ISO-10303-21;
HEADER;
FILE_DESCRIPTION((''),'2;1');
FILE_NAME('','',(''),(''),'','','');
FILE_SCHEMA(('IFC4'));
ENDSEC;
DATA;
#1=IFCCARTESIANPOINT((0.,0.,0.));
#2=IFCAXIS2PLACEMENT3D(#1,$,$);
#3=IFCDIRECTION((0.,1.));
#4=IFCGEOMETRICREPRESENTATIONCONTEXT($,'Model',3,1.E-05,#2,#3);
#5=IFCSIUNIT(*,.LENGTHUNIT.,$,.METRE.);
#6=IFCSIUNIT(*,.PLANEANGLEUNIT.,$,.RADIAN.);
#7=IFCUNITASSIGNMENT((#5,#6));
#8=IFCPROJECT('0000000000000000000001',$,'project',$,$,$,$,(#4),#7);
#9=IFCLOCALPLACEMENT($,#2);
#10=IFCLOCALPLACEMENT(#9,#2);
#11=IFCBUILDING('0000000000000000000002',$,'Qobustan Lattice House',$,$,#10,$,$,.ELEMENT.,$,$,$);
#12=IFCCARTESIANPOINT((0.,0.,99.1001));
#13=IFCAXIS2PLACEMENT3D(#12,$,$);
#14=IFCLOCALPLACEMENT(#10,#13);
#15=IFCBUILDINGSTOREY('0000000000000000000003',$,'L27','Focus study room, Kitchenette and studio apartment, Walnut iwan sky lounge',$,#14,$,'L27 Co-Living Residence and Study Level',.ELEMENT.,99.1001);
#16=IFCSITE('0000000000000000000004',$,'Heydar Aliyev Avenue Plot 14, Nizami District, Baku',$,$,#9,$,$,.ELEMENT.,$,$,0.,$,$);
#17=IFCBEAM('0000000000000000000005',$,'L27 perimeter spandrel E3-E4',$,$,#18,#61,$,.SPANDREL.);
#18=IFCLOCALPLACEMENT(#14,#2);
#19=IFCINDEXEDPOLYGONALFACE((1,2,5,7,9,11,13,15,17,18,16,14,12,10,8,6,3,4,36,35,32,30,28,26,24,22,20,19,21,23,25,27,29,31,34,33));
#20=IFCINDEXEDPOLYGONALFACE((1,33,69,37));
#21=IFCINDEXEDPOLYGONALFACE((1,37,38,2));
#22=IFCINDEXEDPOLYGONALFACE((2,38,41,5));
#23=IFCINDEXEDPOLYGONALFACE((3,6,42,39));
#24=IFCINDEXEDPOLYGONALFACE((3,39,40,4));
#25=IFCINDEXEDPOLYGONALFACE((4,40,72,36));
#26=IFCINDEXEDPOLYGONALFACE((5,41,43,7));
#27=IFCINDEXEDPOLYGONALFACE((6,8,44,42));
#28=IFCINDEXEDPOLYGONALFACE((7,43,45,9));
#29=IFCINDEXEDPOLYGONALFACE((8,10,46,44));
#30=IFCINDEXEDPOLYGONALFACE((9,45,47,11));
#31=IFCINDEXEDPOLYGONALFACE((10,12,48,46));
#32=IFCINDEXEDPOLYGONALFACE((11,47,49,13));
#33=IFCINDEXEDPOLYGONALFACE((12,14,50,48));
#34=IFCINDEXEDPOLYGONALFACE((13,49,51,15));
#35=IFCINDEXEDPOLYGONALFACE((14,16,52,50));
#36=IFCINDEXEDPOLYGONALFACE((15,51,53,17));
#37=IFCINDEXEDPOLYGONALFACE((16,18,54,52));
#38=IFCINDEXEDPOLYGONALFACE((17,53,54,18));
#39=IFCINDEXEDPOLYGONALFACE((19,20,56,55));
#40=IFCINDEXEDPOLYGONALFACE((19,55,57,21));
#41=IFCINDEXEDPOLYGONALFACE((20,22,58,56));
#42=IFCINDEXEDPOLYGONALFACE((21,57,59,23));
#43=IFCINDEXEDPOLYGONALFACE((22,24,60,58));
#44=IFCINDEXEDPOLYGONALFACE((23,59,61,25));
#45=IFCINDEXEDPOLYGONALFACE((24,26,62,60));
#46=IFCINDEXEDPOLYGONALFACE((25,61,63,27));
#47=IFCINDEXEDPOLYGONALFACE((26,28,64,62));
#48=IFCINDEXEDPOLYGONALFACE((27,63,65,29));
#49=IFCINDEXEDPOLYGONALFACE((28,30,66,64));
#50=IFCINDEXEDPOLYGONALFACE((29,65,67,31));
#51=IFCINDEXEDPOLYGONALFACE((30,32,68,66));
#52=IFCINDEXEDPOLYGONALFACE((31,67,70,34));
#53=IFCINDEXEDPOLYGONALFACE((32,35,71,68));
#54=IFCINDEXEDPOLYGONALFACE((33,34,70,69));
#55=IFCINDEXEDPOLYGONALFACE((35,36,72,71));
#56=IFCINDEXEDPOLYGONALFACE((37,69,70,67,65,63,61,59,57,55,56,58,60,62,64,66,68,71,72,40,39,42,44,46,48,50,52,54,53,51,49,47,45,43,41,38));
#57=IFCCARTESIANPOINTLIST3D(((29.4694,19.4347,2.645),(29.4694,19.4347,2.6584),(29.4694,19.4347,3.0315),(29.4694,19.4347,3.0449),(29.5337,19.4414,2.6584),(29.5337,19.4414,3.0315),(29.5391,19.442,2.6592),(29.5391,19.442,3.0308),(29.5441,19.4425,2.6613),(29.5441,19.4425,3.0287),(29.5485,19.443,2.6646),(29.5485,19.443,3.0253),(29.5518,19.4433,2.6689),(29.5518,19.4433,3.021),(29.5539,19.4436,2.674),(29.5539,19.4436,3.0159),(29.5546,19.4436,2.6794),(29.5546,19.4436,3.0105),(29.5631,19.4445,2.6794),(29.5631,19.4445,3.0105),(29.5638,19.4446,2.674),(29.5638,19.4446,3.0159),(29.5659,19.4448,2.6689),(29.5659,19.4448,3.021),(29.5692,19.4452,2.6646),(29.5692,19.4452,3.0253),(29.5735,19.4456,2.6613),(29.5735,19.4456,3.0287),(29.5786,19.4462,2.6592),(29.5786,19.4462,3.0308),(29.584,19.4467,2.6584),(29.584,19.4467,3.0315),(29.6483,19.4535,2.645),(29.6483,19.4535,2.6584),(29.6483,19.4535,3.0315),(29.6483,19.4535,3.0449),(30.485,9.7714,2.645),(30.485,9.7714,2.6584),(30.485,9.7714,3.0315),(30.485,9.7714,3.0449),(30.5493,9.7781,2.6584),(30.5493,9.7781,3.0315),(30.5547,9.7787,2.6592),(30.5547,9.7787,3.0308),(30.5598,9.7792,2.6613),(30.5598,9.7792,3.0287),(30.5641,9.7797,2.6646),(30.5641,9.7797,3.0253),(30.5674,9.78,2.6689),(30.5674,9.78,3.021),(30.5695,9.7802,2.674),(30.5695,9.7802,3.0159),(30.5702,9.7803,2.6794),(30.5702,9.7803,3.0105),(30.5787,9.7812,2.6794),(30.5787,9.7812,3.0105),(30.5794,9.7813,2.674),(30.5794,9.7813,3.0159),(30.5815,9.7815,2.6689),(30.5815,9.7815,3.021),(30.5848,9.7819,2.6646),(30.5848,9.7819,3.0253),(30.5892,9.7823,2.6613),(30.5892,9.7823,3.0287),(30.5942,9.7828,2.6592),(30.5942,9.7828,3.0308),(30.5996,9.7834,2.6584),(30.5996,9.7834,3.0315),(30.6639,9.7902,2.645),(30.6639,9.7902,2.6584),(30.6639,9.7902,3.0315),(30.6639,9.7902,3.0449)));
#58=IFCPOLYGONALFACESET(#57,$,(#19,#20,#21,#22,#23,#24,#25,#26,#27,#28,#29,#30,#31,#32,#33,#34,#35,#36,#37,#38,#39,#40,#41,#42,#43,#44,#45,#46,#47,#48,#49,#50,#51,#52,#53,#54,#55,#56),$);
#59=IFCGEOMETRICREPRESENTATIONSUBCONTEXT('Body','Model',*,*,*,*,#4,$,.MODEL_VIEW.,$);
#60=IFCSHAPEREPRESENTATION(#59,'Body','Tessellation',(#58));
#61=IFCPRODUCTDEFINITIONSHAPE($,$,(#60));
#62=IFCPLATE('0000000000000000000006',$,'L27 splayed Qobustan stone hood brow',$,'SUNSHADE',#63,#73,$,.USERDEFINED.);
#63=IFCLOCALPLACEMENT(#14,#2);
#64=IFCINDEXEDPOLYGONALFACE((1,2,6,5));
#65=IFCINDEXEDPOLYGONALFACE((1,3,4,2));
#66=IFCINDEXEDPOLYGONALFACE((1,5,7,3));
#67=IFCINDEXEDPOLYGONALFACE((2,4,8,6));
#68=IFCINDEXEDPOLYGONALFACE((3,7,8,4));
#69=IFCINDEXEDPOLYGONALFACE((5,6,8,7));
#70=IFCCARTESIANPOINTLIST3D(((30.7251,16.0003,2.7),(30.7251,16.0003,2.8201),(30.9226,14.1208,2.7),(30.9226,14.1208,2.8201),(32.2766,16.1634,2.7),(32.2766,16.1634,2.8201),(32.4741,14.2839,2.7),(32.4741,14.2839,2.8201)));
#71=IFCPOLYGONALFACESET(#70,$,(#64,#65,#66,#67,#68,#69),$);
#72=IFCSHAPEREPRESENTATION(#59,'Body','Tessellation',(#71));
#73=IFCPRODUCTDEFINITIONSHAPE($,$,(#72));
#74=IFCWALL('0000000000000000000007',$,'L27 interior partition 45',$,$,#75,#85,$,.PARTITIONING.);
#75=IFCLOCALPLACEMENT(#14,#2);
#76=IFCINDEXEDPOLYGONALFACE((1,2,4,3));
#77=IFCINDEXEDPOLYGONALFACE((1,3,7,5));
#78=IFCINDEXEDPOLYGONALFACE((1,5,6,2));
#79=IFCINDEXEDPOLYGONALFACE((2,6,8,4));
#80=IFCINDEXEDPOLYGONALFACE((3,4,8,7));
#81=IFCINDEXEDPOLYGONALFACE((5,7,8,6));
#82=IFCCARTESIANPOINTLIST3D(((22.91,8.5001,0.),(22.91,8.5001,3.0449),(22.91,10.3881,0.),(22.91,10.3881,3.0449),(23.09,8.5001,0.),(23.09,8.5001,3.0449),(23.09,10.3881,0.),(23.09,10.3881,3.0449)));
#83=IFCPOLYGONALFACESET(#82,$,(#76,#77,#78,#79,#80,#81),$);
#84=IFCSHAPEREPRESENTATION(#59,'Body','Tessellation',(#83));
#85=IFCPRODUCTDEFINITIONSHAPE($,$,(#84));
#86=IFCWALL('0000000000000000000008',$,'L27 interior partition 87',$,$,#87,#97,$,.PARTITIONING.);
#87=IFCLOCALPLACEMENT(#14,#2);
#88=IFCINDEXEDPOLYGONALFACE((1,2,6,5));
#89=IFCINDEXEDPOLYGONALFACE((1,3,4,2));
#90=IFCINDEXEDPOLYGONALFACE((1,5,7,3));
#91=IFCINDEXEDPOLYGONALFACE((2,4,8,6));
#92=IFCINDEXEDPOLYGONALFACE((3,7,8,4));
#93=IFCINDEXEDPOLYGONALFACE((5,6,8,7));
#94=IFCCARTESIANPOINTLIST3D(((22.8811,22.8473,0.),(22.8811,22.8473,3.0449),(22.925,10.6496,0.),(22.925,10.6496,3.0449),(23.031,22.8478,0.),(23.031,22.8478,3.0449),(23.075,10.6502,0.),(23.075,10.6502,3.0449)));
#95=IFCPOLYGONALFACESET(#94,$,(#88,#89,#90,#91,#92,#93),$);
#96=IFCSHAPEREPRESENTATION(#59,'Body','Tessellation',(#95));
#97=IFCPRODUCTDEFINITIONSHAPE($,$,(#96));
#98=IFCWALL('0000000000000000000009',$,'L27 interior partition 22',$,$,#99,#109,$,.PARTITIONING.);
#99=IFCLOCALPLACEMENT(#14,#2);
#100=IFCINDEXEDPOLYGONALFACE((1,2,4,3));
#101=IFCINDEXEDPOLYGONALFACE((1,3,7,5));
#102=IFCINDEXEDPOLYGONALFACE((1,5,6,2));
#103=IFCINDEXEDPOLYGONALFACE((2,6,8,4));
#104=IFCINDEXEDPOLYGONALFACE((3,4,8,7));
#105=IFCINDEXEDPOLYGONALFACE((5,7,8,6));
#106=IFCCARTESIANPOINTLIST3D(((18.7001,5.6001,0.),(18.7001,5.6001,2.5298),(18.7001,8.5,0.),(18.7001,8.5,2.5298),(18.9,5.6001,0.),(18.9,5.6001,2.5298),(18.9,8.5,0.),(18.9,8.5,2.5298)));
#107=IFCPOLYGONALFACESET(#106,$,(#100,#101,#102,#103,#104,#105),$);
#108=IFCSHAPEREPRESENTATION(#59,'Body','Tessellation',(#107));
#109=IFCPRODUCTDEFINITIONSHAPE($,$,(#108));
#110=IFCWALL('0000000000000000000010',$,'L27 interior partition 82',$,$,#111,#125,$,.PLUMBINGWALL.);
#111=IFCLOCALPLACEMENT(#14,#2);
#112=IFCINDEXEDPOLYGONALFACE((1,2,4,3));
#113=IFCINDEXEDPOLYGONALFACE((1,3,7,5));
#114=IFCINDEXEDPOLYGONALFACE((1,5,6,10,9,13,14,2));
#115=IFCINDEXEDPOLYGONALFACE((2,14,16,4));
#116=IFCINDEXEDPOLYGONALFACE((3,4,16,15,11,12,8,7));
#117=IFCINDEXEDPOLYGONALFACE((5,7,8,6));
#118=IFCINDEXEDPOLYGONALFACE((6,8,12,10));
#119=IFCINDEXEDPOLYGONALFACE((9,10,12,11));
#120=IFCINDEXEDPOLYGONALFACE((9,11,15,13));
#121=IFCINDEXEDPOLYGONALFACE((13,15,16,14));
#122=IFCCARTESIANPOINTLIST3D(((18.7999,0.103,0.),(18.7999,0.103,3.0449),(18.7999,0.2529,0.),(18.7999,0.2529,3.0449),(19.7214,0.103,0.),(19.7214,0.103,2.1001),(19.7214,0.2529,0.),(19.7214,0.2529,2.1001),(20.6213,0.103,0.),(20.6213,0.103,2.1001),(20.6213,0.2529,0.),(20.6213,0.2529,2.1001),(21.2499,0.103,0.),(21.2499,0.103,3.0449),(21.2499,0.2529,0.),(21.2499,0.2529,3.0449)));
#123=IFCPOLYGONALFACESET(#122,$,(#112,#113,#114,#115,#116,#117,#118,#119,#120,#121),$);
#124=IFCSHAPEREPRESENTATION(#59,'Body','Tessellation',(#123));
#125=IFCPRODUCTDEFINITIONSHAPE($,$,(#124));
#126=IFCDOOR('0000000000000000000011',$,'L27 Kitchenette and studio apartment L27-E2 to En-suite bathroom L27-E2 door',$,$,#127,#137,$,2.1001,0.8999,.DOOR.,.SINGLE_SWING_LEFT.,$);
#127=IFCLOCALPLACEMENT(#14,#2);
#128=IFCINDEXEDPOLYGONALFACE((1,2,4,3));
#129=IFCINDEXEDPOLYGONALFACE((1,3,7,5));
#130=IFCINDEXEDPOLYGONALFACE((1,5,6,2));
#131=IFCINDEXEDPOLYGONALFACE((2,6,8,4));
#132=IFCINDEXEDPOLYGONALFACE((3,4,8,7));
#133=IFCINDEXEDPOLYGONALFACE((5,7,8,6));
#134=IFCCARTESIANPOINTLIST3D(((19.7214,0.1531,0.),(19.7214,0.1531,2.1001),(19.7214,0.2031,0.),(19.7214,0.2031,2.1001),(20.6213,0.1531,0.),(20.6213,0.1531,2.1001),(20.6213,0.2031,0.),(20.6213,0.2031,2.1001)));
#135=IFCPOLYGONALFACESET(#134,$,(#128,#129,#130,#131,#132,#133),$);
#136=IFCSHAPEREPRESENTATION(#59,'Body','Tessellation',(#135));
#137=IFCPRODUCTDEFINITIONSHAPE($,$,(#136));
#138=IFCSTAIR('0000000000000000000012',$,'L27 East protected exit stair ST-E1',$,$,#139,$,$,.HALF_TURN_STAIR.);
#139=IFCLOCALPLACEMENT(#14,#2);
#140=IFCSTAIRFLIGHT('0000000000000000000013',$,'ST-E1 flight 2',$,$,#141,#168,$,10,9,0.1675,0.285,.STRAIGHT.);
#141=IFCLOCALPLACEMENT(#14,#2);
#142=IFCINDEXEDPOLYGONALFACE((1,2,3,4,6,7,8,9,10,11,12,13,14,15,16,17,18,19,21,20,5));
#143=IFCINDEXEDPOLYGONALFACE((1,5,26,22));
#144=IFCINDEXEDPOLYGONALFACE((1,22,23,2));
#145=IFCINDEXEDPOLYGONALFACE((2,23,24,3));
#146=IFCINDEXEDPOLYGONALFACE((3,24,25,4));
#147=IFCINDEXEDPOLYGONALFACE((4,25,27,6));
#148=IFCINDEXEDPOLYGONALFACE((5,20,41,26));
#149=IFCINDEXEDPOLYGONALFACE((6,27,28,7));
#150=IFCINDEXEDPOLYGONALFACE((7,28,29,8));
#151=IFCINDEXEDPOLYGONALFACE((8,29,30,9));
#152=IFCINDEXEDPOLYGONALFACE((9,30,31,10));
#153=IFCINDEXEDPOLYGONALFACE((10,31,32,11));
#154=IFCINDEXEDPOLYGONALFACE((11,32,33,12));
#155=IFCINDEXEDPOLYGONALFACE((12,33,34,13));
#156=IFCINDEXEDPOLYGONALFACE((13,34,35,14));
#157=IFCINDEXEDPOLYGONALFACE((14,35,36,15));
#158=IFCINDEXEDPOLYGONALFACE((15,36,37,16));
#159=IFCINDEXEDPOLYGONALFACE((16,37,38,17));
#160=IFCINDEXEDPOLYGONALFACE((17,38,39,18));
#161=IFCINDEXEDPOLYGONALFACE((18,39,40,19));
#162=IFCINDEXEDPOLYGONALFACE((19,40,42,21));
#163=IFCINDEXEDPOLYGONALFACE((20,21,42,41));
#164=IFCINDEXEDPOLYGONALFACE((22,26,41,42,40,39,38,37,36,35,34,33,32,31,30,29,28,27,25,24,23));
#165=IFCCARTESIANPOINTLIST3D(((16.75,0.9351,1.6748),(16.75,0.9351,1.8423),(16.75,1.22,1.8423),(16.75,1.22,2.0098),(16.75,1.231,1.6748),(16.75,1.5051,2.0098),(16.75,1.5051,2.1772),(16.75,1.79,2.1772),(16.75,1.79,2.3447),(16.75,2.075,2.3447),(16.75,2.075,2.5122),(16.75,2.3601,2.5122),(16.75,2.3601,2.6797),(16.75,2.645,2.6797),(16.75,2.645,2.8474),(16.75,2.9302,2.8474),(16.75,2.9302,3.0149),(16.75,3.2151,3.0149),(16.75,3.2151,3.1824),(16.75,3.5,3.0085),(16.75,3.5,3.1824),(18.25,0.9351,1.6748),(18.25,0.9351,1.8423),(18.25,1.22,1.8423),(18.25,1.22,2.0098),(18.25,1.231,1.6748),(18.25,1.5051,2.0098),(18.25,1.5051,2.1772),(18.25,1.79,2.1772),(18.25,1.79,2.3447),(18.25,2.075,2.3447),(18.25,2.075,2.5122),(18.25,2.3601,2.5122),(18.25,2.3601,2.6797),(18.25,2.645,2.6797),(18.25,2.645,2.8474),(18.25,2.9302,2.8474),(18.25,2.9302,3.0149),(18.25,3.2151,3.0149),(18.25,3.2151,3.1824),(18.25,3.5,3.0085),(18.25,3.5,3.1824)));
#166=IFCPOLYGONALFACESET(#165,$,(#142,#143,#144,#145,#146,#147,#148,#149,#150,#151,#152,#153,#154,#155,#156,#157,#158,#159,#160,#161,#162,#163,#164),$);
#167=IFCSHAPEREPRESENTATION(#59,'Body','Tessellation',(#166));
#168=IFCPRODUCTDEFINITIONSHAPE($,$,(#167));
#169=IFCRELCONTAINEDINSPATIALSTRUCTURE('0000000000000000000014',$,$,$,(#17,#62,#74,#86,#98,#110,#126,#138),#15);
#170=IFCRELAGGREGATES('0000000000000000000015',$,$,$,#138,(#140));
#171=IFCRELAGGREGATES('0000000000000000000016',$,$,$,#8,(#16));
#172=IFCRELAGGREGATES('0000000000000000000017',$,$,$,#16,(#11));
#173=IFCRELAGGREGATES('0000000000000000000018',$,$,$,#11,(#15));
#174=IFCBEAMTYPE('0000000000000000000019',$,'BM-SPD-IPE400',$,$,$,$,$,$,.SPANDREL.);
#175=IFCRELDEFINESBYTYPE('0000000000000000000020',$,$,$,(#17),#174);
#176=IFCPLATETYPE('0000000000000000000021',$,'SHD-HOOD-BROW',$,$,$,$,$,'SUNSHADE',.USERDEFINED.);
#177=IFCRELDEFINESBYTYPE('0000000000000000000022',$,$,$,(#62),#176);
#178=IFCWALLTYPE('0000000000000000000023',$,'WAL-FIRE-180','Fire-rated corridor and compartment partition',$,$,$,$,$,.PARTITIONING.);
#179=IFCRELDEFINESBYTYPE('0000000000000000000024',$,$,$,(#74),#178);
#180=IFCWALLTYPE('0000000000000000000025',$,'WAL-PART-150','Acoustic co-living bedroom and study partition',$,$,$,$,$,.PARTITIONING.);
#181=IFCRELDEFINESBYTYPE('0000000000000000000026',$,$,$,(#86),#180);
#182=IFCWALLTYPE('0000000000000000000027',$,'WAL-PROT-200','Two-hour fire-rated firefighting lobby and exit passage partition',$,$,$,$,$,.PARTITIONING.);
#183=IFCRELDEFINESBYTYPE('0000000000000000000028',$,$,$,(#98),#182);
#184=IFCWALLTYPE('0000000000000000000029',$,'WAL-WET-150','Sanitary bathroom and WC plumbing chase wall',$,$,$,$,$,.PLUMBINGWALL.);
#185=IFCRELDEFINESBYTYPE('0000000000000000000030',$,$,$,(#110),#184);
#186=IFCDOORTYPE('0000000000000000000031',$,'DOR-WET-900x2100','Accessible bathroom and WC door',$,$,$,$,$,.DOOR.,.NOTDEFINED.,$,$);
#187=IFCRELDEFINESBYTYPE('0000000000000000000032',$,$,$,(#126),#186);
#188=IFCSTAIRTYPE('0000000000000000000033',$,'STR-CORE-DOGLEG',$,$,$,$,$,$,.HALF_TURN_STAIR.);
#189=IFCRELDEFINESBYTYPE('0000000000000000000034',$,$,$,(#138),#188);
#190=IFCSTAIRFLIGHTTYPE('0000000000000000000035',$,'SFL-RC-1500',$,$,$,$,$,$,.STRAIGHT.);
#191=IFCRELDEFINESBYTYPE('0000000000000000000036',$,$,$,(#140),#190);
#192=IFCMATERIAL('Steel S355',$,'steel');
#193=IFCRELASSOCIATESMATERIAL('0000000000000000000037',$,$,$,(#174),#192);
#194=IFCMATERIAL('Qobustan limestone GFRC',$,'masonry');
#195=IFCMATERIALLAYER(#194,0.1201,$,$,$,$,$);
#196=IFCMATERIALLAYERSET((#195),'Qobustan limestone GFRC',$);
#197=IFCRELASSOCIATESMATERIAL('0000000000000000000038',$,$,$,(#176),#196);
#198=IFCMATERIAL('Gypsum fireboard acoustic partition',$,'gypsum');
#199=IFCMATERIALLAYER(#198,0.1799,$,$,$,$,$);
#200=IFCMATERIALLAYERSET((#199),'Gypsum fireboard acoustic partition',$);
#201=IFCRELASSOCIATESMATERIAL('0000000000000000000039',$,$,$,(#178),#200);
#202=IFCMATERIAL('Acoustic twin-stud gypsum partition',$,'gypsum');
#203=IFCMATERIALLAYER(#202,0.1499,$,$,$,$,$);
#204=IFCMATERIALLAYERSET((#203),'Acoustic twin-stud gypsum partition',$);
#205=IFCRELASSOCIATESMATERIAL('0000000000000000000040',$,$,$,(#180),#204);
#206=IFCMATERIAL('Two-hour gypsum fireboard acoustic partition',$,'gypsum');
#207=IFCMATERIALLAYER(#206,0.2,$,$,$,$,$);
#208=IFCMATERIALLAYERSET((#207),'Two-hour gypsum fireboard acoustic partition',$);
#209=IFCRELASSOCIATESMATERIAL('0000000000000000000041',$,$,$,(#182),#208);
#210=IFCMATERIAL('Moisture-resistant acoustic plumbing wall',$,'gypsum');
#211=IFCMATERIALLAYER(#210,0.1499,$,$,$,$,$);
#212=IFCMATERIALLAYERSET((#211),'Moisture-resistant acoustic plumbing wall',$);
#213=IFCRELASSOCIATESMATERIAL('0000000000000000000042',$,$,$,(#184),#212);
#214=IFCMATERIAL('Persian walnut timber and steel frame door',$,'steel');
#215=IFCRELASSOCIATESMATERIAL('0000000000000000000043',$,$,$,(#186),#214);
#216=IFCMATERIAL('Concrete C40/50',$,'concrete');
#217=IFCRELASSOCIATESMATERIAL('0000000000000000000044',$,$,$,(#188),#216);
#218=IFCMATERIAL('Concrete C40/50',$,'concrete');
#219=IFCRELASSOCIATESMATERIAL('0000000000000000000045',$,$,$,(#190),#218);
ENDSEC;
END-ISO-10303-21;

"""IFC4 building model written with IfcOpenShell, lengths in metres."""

from ifc_helpers import new_model, si_unit, direction, frame, frame_2d, origin, origin_2d, place, context, subcontext, project, spatial, polyline, rectangle, i_section, outline, extrude, material, layer, layer_set, material_profile, profile_set, type_object, element, fill, aggregate, save


model = new_model("IFC4")

# Units and contexts
model_context = context("Model", 3, precision=1e-05, world=origin(), true_north=direction((0.0, 1.0)))
body_context = subcontext(model_context, "Body", "Model", "MODEL_VIEW")
ifc_project = project(units=[si_unit("LENGTHUNIT", "METRE"), si_unit("PLANEANGLEUNIT", "RADIAN")], contexts=[model_context])

# Site, building, storey
site_placement = place(None, origin())
site = spatial("IfcSite", under=ifc_project, at=site_placement, Name="Heydar Aliyev Avenue Plot 14, Nizami District, Baku", CompositionType="ELEMENT", RefElevation=0.0)
building_placement = place(site_placement, origin())
building = spatial("IfcBuilding", under=site, at=building_placement, Name="Qobustan Lattice House", CompositionType="ELEMENT")
storey_placement = place(building_placement, frame((0.0, 0.0, 99.1001)))
storey = spatial("IfcBuildingStorey", under=building, at=storey_placement, Name="L27", Description="Focus study room, Kitchenette and studio apartment, Walnut iwan sky lounge", LongName="L27 Co-Living Residence and Study Level", CompositionType="ELEMENT", Elevation=99.1001)

# Beam
ifc_material_1 = material(Name="Steel S355", Category="steel")
ifc_material_profile_1 = material_profile(ifc_material_1, i_section(OverallWidth=0.1799, OverallDepth=0.3999, WebThickness=0.0085, FlangeThickness=0.0134, FilletRadius=0.021, at=origin_2d()), Name="IPE400")
ifc_profile_set_1 = profile_set([ifc_material_profile_1], Name="Steel S355")
beam_type_1 = type_object("IfcBeamType", Name="BM-SPD-IPE400", PredefinedType="SPANDREL", material=ifc_profile_set_1)
beam_1_placement = place(storey_placement, frame((30.5745, 9.7808, 2.845), z_axis=(-0.104525, 0.994522, 0.0), x_axis=(-0.994522, -0.104525, 0.0)))
element("IfcBeam", 1, at=beam_1_placement, inside=storey, type_object=beam_type_1, Name="L27 perimeter spandrel E3-E4", PredefinedType="SPANDREL", context=body_context, shape_type="SweptSolid", body=[
    extrude(i_section(OverallWidth=0.1799, OverallDepth=0.3999, WebThickness=0.0085, FlangeThickness=0.0134, FilletRadius=0.021, at=origin_2d()), origin(), (0.0, 0.0, 1.0), 9.7166),
])

# Plate
ifc_material_2 = material(Name="Qobustan limestone GFRC", Category="masonry")
ifc_layer_1 = layer(ifc_material_2, 0.1201)
ifc_layer_set_1 = layer_set([ifc_layer_1], Name="Qobustan limestone GFRC")
plate_type = type_object("IfcPlateType", Name="SHD-HOOD-BROW", ElementType="SUNSHADE", PredefinedType="USERDEFINED", material=ifc_layer_set_1)
plate_placement = place(storey_placement, frame((31.5996, 15.1421, 2.7), z_axis=(0.0, 0.0, 1.0), x_axis=(0.104528, -0.994522, 0.0)))
element("IfcPlate", 2, at=plate_placement, inside=storey, type_object=plate_type, Name="L27 splayed Qobustan stone hood brow", ObjectType="SUNSHADE", PredefinedType="USERDEFINED", context=body_context, shape_type="SweptSolid", body=[
    extrude(rectangle(XDim=1.8899, YDim=1.5601, at=origin_2d()), origin(), (0.0, 0.0, 1.0), 0.1201),
])

# Shared definitions
ifc_material_3 = material(Name="Gypsum fireboard acoustic partition", Category="gypsum")
ifc_layer_2 = layer(ifc_material_3, 0.1799)
ifc_layer_set_2 = layer_set([ifc_layer_2], Name="Gypsum fireboard acoustic partition")
wall_type_1 = type_object("IfcWallType", Name="WAL-FIRE-180", Description="Fire-rated corridor and compartment partition", PredefinedType="PARTITIONING", material=ifc_layer_set_2)

# Wall
wall_1_placement = place(storey_placement, frame((23.0, 10.3879, 0.0), z_axis=(0.0, 0.0, 1.0), x_axis=(0.0, -1.0, 0.0)))
element("IfcWall", 3, at=wall_1_placement, inside=storey, type_object=wall_type_1, Name="L27 interior partition 45", PredefinedType="PARTITIONING", context=body_context, shape_type="SweptSolid", body=[
    extrude(rectangle(XDim=1.8879, YDim=0.1799, at=frame_2d((0.9438, 0.0))), origin(), (0.0, 0.0, 1.0), 3.0449),
])

# Shared definitions
ifc_material_4 = material(Name="Acoustic twin-stud gypsum partition", Category="gypsum")
ifc_layer_3 = layer(ifc_material_4, 0.1499)
ifc_layer_set_3 = layer_set([ifc_layer_3], Name="Acoustic twin-stud gypsum partition")
wall_type_2 = type_object("IfcWallType", Name="WAL-PART-150", Description="Acoustic co-living bedroom and study partition", PredefinedType="PARTITIONING", material=ifc_layer_set_3)

# Wall
wall_2_placement = place(storey_placement, frame((23.0, 10.6499, 0.0), z_axis=(0.0, 0.0, 1.0), x_axis=(-0.003603, 0.999994, 0.0)))
element("IfcWall", 4, at=wall_2_placement, inside=storey, type_object=wall_type_2, Name="L27 interior partition 87", PredefinedType="PARTITIONING", context=body_context, shape_type="SweptSolid", body=[
    extrude(rectangle(XDim=12.1978, YDim=0.1499, at=frame_2d((6.0989, 0.0))), origin(), (0.0, 0.0, 1.0), 3.0449),
])

# Shared definitions
ifc_material_5 = material(Name="Two-hour gypsum fireboard acoustic partition", Category="gypsum")
ifc_layer_4 = layer(ifc_material_5, 0.2)
ifc_layer_set_4 = layer_set([ifc_layer_4], Name="Two-hour gypsum fireboard acoustic partition")
wall_type_3 = type_object("IfcWallType", Name="WAL-PROT-200", Description="Two-hour fire-rated firefighting lobby and exit passage partition", PredefinedType="PARTITIONING", material=ifc_layer_set_4)

# Wall
wall_3_placement = place(storey_placement, frame((18.8, 5.6001, 0.0), z_axis=(0.0, 0.0, 1.0), x_axis=(0.0, 1.0, 0.0)))
element("IfcWall", 5, at=wall_3_placement, inside=storey, type_object=wall_type_3, Name="L27 interior partition 22", PredefinedType="PARTITIONING", context=body_context, shape_type="SweptSolid", body=[
    extrude(rectangle(XDim=2.8999, YDim=0.2, at=frame_2d((1.45, 0.0))), origin(), (0.0, 0.0, 1.0), 2.5298),
])

# Wall, opening, door
ifc_material_6 = material(Name="Moisture-resistant acoustic plumbing wall", Category="gypsum")
ifc_layer_5 = layer(ifc_material_6, 0.1499)
ifc_layer_set_5 = layer_set([ifc_layer_5], Name="Moisture-resistant acoustic plumbing wall")
wall_type_4 = type_object("IfcWallType", Name="WAL-WET-150", Description="Sanitary bathroom and WC plumbing chase wall", PredefinedType="PLUMBINGWALL", material=ifc_layer_set_5)
wall_4_placement = place(storey_placement, frame((21.25, 0.178, 0.0), z_axis=(0.0, 0.0, 1.0), x_axis=(-1.0, 0.0, 0.0)))
wall_4 = element("IfcWall", 6, at=wall_4_placement, inside=storey, type_object=wall_type_4, Name="L27 interior partition 82", PredefinedType="PLUMBINGWALL", context=body_context, shape_type="SweptSolid", body=[
    extrude(rectangle(XDim=2.45, YDim=0.1499, at=frame_2d((1.2251, 0.0))), origin(), (0.0, 0.0, 1.0), 3.0449),
])
opening_1_placement = place(wall_4_placement, frame((0.6287, 0.0, 0.0)))
opening_1 = element("IfcOpeningElement", 7, at=opening_1_placement, cuts=wall_4, PredefinedType="OPENING", context=body_context, shape_type="SweptSolid", body=[
    extrude(rectangle(XDim=0.8999, YDim=2.1001, at=frame_2d((0.45, 1.05))), frame((0.0, 0.085, 0.0), z_axis=(0.0, -1.0, 0.0), x_axis=(1.0, 0.0, 0.0)), (0.0, 0.0, 1.0), 0.1699),
])
ifc_material_7 = material(Name="Persian walnut timber and steel frame door", Category="steel")
door_type_1 = type_object("IfcDoorType", Name="DOR-WET-900x2100", Description="Accessible bathroom and WC door", OperationType="NOTDEFINED", PredefinedType="DOOR", material=ifc_material_7)
door_1_placement = place(opening_1_placement, origin())
door_1 = element("IfcDoor", 8, at=door_1_placement, inside=storey, type_object=door_type_1, Name="L27 Kitchenette and studio apartment L27-E2 to En-suite bathroom L27-E2 door", OperationType="SINGLE_SWING_LEFT", OverallHeight=2.1001, OverallWidth=0.8999, PredefinedType="DOOR", context=body_context, shape_type="SweptSolid", body=[
    extrude(rectangle(XDim=0.8999, YDim=2.1001, at=frame_2d((0.45, 1.05))), frame((0.0, 0.0249, 0.0), z_axis=(0.0, -1.0, 0.0), x_axis=(1.0, 0.0, 0.0)), (0.0, 0.0, 1.0), 0.05),
])
fill(opening_1, door_1)

# Stair, stair flight
ifc_material_8 = material(Name="Concrete C40/50", Category="concrete")
stair_type = type_object("IfcStairType", Name="STR-CORE-DOGLEG", PredefinedType="HALF_TURN_STAIR", material=ifc_material_8)
stair_placement = place(storey_placement, origin())
stair = element("IfcStair", 9, at=stair_placement, inside=storey, type_object=stair_type, Name="L27 East protected exit stair ST-E1", PredefinedType="HALF_TURN_STAIR")
ifc_material_9 = material(Name="Concrete C40/50", Category="concrete")
stair_flight_type = type_object("IfcStairFlightType", Name="SFL-RC-1500", PredefinedType="STRAIGHT", material=ifc_material_9)
stair_flight_placement = place(storey_placement, frame((17.5, 0.9351, 1.6748), z_axis=(0.0, 0.0, 1.0), x_axis=(0.0, 1.0, 0.0)))
stair_flight = element("IfcStairFlight", 10, at=stair_flight_placement, type_object=stair_flight_type, Name="ST-E1 flight 2", NumberOfRisers=10, NumberOfTreads=9, PredefinedType="STRAIGHT", RiserHeight=0.1675, TreadLength=0.285, context=body_context, shape_type="SweptSolid", body=[
    extrude(outline(polyline([(0.0, 0.0), (0.0, 0.1675), (0.2849, 0.1675), (0.2849, 0.335), (0.5701, 0.335), (0.5701, 0.5024), (0.855, 0.5024), (0.855, 0.6699), (1.1399, 0.6699), (1.1399, 0.8374), (1.425, 0.8374), (1.425, 1.0049), (1.71, 1.0049), (1.71, 1.1726), (1.9951, 1.1726), (1.9951, 1.3401), (2.28, 1.3401), (2.28, 1.5076), (2.5649, 1.5076), (2.5649, 1.675), (2.5649, 1.3337), (0.2959, 0.0), (0.0, 0.0)])), frame((0.0, 0.75, 0.0), z_axis=(0.0, -1.0, 0.0), x_axis=(1.0, 0.0, 0.0)), (0.0, 0.0, 1.0), 1.5),
])
aggregate(stair, [stair_flight])

save(model, "model.ifc")
